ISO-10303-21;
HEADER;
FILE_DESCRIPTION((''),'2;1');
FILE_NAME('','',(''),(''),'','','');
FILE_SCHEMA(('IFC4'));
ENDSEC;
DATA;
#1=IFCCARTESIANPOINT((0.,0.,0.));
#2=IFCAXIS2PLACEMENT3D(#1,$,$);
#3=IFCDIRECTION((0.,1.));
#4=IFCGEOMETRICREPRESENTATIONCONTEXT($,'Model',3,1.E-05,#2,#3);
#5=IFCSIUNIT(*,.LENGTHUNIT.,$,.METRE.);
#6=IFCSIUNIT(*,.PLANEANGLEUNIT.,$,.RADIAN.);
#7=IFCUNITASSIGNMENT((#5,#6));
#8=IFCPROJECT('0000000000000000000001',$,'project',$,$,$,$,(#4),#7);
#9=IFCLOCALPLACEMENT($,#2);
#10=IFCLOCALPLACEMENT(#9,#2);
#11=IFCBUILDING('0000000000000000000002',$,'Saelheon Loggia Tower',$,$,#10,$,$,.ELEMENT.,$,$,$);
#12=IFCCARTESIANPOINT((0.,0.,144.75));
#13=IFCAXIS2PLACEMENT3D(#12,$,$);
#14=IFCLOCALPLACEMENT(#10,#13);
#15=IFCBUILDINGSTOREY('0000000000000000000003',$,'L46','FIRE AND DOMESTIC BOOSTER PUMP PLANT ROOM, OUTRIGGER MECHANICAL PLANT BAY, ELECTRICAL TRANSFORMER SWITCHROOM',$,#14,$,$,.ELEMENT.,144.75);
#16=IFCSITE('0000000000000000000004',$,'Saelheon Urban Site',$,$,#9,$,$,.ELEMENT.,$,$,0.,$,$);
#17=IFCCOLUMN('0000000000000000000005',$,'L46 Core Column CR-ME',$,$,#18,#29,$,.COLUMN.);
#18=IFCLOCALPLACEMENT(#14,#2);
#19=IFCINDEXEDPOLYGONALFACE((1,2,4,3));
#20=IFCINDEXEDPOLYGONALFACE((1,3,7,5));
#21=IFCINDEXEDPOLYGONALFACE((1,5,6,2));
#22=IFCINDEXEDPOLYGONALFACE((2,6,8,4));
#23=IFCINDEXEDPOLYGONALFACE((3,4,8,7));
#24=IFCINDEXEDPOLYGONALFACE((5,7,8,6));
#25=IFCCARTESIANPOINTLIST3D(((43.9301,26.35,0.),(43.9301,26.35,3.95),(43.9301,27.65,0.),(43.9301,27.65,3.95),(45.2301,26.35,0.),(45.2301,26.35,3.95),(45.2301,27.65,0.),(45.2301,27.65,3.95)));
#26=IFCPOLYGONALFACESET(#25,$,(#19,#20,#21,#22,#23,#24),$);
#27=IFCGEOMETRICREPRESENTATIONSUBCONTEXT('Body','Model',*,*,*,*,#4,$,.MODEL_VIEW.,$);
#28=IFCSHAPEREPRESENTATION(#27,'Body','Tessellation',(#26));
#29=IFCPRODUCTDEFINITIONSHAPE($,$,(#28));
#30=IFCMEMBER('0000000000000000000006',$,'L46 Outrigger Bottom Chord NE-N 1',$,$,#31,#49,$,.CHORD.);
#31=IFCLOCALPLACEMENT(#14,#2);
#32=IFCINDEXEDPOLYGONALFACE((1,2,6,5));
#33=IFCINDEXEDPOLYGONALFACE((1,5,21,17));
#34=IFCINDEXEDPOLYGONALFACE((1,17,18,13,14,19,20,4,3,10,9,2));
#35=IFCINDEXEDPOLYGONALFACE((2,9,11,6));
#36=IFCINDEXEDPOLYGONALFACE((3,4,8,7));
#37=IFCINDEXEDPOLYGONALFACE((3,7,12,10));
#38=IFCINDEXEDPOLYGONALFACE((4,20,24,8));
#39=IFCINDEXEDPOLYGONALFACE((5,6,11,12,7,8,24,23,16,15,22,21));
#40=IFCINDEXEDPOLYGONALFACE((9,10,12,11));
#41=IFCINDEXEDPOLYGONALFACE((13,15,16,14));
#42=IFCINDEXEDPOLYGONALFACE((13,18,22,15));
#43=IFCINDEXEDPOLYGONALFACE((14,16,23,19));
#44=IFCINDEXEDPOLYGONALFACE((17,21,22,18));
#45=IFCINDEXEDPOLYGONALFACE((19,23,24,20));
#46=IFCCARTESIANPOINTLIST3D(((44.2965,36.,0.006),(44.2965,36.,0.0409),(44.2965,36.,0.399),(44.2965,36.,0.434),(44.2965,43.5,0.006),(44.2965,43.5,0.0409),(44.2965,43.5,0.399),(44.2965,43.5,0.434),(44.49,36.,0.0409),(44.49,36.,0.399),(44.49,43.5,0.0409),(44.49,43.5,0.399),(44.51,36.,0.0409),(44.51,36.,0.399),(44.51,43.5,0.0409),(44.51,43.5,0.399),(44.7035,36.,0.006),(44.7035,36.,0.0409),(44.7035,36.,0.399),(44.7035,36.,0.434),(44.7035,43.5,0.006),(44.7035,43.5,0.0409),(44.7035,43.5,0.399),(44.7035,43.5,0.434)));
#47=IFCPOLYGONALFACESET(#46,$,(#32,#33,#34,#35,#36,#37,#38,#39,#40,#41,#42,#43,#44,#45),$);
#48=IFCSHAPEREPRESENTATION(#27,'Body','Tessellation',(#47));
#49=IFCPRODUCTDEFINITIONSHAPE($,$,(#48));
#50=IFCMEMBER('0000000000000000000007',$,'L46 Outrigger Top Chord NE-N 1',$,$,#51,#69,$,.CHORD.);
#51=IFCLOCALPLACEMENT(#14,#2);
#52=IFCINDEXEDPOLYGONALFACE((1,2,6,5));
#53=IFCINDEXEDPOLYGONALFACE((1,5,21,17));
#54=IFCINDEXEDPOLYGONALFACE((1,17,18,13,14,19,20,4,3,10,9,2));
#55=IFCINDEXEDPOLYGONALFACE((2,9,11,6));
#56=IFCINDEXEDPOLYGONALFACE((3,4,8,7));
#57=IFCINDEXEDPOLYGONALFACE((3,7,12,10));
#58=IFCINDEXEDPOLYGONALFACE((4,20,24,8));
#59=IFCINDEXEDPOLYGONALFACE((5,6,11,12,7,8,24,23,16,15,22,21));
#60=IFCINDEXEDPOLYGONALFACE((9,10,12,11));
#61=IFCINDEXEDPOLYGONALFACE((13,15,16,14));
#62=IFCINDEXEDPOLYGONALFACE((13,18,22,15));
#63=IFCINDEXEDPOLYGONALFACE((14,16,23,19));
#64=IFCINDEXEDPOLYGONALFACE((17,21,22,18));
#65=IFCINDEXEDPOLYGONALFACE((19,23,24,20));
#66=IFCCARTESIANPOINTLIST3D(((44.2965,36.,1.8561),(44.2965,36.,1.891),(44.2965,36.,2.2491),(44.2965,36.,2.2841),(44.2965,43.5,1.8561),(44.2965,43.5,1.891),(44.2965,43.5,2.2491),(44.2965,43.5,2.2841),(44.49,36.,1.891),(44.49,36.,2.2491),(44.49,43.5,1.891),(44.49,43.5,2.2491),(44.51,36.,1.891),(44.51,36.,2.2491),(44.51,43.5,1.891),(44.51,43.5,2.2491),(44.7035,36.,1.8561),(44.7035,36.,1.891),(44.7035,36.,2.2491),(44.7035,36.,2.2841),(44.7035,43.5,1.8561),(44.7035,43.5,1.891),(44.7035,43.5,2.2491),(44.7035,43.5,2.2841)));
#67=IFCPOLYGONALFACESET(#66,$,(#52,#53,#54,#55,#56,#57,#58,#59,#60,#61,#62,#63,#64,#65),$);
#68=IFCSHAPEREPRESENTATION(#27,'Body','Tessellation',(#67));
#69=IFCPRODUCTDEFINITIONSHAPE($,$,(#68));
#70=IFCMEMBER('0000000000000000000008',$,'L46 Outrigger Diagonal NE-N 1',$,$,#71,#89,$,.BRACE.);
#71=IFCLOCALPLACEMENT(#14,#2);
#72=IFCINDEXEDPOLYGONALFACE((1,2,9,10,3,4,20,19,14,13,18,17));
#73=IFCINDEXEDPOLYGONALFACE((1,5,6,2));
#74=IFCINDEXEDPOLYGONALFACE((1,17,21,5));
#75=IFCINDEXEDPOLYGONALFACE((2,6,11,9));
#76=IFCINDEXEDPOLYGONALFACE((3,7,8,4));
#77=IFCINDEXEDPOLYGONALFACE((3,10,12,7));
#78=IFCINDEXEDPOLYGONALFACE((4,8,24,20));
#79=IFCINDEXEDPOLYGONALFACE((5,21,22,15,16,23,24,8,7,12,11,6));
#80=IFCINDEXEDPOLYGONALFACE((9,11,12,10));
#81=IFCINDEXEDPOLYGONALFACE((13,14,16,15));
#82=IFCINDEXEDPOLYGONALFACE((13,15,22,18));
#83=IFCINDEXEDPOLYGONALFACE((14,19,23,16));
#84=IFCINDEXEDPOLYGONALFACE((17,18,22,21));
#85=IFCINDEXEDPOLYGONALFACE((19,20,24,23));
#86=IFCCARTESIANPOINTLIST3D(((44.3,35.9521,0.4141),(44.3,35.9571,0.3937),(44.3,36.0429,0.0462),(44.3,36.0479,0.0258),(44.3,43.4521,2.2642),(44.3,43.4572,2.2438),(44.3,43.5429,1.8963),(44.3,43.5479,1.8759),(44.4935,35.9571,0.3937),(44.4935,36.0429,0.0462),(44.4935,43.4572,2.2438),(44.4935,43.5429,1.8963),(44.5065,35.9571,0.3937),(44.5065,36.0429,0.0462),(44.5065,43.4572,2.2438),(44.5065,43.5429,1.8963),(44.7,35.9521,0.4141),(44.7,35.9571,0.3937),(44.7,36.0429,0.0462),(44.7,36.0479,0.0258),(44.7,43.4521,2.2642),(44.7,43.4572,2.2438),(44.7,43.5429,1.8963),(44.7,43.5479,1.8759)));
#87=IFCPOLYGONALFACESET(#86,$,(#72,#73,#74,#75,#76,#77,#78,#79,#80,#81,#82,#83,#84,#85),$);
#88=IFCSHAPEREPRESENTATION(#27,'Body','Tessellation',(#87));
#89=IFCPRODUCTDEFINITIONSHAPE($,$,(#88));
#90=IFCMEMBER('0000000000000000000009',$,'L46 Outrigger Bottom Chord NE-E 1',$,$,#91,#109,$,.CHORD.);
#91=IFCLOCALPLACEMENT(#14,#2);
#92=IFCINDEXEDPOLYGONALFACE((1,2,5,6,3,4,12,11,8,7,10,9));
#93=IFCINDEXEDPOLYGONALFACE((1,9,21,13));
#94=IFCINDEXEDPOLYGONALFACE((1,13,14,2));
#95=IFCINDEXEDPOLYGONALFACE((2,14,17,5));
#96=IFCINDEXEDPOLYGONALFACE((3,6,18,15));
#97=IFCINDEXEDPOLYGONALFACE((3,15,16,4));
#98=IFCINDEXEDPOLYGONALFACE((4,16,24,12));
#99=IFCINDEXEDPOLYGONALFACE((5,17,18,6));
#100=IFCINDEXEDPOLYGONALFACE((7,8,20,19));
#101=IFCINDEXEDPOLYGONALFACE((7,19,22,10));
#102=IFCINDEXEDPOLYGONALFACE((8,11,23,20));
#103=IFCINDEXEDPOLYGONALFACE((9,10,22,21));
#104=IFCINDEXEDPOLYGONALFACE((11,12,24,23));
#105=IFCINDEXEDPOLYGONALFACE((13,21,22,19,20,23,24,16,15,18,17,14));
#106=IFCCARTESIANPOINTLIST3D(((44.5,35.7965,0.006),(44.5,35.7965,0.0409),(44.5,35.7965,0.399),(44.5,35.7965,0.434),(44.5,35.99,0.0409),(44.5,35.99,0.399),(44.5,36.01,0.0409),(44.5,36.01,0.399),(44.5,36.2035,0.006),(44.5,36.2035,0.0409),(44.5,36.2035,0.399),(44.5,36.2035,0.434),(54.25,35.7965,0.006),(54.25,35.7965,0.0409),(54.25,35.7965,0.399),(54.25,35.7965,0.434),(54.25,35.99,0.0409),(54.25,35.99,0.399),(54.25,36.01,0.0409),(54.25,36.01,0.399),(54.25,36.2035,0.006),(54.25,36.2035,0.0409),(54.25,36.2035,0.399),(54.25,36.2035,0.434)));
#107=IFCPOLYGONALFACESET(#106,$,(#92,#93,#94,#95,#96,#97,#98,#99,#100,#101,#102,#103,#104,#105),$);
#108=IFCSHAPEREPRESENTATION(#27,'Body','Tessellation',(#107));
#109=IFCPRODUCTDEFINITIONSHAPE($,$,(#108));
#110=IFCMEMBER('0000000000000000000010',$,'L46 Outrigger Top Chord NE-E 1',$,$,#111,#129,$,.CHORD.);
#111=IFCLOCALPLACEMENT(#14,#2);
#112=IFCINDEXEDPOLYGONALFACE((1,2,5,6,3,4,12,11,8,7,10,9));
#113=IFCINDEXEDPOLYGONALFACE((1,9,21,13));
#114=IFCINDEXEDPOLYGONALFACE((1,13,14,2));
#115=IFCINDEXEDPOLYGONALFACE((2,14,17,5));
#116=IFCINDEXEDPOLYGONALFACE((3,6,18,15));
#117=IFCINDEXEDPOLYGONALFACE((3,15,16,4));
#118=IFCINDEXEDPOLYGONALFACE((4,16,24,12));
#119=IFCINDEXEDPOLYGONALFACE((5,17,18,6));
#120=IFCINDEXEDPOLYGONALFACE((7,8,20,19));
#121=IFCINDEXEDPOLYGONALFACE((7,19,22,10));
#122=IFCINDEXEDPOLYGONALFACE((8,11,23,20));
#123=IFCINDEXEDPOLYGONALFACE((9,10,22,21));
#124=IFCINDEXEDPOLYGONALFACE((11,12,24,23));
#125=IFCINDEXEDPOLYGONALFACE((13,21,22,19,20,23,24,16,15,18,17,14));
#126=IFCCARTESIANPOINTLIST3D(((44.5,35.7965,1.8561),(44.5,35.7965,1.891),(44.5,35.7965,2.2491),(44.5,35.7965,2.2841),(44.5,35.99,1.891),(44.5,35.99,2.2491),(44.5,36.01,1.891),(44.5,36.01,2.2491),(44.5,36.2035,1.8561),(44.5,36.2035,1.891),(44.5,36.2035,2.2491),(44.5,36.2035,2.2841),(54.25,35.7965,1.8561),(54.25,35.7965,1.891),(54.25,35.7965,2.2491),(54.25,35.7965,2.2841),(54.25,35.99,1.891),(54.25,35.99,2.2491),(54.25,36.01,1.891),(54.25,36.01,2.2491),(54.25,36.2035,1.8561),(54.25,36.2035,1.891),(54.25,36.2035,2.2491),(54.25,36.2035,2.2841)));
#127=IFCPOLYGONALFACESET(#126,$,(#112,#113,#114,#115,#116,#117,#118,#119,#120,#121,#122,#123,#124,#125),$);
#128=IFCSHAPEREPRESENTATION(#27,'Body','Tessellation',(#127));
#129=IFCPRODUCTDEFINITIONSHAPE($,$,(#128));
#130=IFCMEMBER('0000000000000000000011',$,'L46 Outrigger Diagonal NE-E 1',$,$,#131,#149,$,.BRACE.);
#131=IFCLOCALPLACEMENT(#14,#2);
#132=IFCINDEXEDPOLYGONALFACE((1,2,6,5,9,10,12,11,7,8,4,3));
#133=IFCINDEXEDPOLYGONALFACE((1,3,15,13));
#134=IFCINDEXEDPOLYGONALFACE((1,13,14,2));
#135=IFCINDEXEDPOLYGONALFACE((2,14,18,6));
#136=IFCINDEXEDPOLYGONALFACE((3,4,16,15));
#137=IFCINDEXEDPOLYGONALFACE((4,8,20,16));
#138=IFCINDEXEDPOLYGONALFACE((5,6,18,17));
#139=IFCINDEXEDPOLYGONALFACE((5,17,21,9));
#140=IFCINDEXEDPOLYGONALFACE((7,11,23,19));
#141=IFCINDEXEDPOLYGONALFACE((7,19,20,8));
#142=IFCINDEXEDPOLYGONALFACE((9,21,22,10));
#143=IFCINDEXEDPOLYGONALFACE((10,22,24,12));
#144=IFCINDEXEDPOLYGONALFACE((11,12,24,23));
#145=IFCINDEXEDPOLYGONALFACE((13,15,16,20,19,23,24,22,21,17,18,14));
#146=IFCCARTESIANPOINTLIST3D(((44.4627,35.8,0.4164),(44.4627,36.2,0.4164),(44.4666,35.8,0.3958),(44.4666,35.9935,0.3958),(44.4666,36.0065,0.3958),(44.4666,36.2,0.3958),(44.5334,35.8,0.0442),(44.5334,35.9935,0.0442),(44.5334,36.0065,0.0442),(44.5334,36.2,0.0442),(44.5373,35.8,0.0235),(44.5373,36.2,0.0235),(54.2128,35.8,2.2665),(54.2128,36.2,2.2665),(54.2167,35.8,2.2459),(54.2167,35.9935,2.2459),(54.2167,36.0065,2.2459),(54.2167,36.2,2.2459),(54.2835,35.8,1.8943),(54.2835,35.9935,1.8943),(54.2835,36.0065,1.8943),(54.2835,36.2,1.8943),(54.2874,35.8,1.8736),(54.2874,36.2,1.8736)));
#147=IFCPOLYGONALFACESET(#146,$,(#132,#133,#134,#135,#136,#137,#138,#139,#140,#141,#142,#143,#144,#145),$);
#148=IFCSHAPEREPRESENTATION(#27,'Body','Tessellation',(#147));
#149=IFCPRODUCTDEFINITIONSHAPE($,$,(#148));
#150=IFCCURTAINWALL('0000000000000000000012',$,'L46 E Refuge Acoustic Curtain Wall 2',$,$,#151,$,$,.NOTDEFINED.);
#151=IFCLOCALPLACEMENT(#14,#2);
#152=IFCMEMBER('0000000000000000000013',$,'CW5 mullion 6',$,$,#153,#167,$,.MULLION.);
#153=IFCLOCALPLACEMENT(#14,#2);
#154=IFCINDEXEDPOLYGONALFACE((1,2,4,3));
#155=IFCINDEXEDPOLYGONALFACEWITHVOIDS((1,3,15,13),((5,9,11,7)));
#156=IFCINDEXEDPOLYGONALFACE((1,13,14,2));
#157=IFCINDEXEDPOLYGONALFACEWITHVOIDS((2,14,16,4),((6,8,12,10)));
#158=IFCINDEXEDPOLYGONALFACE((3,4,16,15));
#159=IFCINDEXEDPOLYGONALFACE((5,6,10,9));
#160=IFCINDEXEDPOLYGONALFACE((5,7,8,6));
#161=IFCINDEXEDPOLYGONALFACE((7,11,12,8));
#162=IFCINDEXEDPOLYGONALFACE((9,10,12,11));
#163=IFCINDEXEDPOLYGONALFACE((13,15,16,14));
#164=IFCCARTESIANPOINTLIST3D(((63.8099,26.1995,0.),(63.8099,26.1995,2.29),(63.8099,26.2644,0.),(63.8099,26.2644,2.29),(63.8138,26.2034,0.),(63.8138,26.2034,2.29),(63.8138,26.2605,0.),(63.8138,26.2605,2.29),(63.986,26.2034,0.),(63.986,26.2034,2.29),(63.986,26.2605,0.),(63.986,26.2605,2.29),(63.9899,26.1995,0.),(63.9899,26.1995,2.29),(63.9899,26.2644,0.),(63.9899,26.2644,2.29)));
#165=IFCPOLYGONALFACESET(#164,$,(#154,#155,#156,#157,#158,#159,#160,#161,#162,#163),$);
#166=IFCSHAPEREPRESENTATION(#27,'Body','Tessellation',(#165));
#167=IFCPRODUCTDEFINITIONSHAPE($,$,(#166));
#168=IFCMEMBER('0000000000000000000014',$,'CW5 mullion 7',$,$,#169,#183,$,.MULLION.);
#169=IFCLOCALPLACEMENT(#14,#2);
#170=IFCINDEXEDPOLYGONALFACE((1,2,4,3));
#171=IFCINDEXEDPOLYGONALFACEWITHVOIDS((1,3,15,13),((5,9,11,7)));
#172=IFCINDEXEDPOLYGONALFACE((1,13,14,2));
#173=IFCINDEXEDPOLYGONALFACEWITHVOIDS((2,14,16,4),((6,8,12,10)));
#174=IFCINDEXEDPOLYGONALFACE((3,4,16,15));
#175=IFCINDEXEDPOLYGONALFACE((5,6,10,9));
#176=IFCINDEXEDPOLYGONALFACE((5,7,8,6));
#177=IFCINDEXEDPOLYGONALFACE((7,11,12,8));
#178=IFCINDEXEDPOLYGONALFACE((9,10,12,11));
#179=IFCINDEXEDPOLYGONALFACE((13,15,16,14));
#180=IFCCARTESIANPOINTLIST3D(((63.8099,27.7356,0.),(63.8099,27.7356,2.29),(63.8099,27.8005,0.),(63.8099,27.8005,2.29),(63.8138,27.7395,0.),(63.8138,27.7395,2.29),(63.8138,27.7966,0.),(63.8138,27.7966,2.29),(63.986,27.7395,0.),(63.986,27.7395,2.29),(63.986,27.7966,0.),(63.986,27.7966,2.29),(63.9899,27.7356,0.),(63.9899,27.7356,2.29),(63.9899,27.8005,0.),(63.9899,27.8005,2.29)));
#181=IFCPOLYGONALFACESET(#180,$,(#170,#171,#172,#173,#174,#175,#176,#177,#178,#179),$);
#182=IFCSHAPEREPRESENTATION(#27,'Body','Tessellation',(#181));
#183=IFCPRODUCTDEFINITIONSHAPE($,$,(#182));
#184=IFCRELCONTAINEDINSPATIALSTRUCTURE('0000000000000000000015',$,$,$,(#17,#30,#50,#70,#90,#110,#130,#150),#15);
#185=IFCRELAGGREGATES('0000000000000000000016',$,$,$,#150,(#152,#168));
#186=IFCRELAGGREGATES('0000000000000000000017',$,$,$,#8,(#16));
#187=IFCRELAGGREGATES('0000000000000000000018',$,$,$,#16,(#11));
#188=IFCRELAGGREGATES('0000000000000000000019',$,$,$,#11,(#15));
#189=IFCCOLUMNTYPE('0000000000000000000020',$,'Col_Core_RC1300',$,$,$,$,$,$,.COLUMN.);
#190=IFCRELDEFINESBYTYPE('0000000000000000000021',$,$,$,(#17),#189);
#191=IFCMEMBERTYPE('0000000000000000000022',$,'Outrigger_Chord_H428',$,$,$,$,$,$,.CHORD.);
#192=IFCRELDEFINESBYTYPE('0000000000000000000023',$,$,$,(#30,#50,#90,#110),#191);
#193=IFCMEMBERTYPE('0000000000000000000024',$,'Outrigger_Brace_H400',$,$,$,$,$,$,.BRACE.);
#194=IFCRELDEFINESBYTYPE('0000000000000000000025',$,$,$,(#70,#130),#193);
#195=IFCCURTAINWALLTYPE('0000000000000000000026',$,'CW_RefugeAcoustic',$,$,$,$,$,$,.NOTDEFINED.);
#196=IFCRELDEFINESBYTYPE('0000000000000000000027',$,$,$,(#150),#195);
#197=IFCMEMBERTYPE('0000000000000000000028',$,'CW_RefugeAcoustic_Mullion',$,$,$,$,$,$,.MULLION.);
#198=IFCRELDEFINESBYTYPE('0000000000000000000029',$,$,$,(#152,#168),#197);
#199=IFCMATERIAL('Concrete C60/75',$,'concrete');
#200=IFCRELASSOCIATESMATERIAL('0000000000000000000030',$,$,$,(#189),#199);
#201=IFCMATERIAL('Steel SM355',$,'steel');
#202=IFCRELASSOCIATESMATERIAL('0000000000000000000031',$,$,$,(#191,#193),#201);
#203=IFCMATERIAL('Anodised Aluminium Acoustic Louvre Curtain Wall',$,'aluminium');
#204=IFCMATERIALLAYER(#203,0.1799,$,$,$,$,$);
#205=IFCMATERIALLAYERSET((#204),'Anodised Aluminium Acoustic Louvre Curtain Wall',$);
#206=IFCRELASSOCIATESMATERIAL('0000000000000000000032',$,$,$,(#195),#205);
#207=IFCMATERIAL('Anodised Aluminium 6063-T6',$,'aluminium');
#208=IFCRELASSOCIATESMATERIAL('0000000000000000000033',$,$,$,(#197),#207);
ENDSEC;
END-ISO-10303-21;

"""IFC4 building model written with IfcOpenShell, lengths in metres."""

from ifc_helpers import new_model, si_unit, direction, frame, origin, origin_2d, place, context, subcontext, project, spatial, rectangle, hollow_rectangle, i_section, extrude, source, transform, mapped, material, layer, layer_set, material_profile, profile_set, type_object, element, aggregate, save


model = new_model("IFC4")

# Units and contexts
model_context = context("Model", 3, precision=1e-05, world=origin(), true_north=direction((0.0, 1.0)))
body_context = subcontext(model_context, "Body", "Model", "MODEL_VIEW")
ifc_project = project(units=[si_unit("LENGTHUNIT", "METRE"), si_unit("PLANEANGLEUNIT", "RADIAN")], contexts=[model_context])

# Site, building, storey
site_placement = place(None, origin())
site = spatial("IfcSite", under=ifc_project, at=site_placement, Name="Saelheon Urban Site", CompositionType="ELEMENT", RefElevation=0.0)
building_placement = place(site_placement, origin())
building = spatial("IfcBuilding", under=site, at=building_placement, Name="Saelheon Loggia Tower", CompositionType="ELEMENT")
storey_placement = place(building_placement, frame((0.0, 0.0, 144.75)))
storey = spatial("IfcBuildingStorey", under=building, at=storey_placement, Name="L46", Description="FIRE AND DOMESTIC BOOSTER PUMP PLANT ROOM, OUTRIGGER MECHANICAL PLANT BAY, ELECTRICAL TRANSFORMER SWITCHROOM", CompositionType="ELEMENT", Elevation=144.75)

# Column
ifc_material_1 = material(Name="Concrete C60/75", Category="concrete")
ifc_material_profile_1 = material_profile(ifc_material_1, rectangle(XDim=1.3, YDim=1.3, at=origin_2d()), Name="RC-1300x1300")
ifc_profile_set_1 = profile_set([ifc_material_profile_1], Name="Concrete C60/75")
column_type = type_object("IfcColumnType", Name="Col_Core_RC1300", PredefinedType="COLUMN", material=ifc_profile_set_1)
shared_shape_1 = source(origin(), body_context, "Body", "SweptSolid", [
    extrude(rectangle(XDim=1.3, YDim=1.3, at=origin_2d()), origin(), (0.0, 0.0, 1.0), 3.95),
])
column_placement = place(storey_placement, frame((44.5801, 27.0, 0.0), z_axis=(0.0, 0.0, 1.0), x_axis=(1.0, 0.0, 0.0)))
element("IfcColumn", 1, at=column_placement, inside=storey, type_object=column_type, Name="L46 Core Column CR-ME", PredefinedType="COLUMN", context=body_context, shape_type="MappedRepresentation", body=[
    mapped(shared_shape_1, transform((0.0, 0.0, 0.0), scale=1.0)),
])

# Members
ifc_material_2 = material(Name="Steel SM355", Category="steel")
ifc_material_profile_2 = material_profile(ifc_material_2, i_section(OverallWidth=0.407, OverallDepth=0.428, WebThickness=0.02, FlangeThickness=0.0349, at=origin_2d()), Name="H-428x407x20x35")
ifc_profile_set_2 = profile_set([ifc_material_profile_2], Name="Steel SM355")
member_type_1 = type_object("IfcMemberType", Name="Outrigger_Chord_H428", PredefinedType="CHORD", material=ifc_profile_set_2)
shared_shape_2 = source(origin(), body_context, "Body", "SweptSolid", [
    extrude(i_section(OverallWidth=0.407, OverallDepth=0.428, WebThickness=0.02, FlangeThickness=0.0349, at=origin_2d()), origin(), (0.0, 0.0, 1.0), 7.5),
])
for number, where, z_axis, x_axis, name in (
    (2, (44.5, 36.0, 0.22), (0.0, 1.0, 0.0), (-1.0, 0.0, 0.0), "L46 Outrigger Bottom Chord NE-N 1"),
    (3, (44.5, 36.0, 2.0701), (0.0, 1.0, 0.0), (-1.0, 0.0, 0.0), "L46 Outrigger Top Chord NE-N 1"),
):
    element("IfcMember", number, at=place(storey_placement, frame(where, z_axis=z_axis, x_axis=x_axis)), inside=storey, type_object=member_type_1, Name=name, PredefinedType="CHORD", context=body_context, shape_type="MappedRepresentation", body=[
        mapped(shared_shape_2, transform((0.0, 0.0, 0.0), scale=1.0)),
    ])
ifc_material_profile_3 = material_profile(ifc_material_2, i_section(OverallWidth=0.3999, OverallDepth=0.3999, WebThickness=0.0129, FlangeThickness=0.021, at=origin_2d()), Name="H-400x400x13x21")
ifc_profile_set_3 = profile_set([ifc_material_profile_3], Name="Steel SM355")
member_type_2 = type_object("IfcMemberType", Name="Outrigger_Brace_H400", PredefinedType="BRACE", material=ifc_profile_set_3)
shared_shape_3 = source(origin(), body_context, "Body", "SweptSolid", [
    extrude(i_section(OverallWidth=0.3999, OverallDepth=0.3999, WebThickness=0.0129, FlangeThickness=0.021, at=origin_2d()), origin(), (0.0, 0.0, 1.0), 7.7249),
])
member_1_placement = place(storey_placement, frame((44.5, 36.0, 0.22), z_axis=(0.0, 0.970896, 0.2395), x_axis=(-1.0, 0.0, 0.0)))
element("IfcMember", 4, at=member_1_placement, inside=storey, type_object=member_type_2, Name="L46 Outrigger Diagonal NE-N 1", PredefinedType="BRACE", context=body_context, shape_type="MappedRepresentation", body=[
    mapped(shared_shape_3, transform((0.0, 0.0, 0.0), scale=1.0)),
])
shared_shape_4 = source(origin(), body_context, "Body", "SweptSolid", [
    extrude(i_section(OverallWidth=0.407, OverallDepth=0.428, WebThickness=0.02, FlangeThickness=0.0349, at=origin_2d()), origin(), (0.0, 0.0, 1.0), 9.75),
])
for number, where, z_axis, x_axis, name in (
    (5, (44.5, 36.0, 0.22), (1.0, 0.0, 0.0), (0.0, 1.0, 0.0), "L46 Outrigger Bottom Chord NE-E 1"),
    (6, (44.5, 36.0, 2.0701), (1.0, 0.0, 0.0), (0.0, 1.0, 0.0), "L46 Outrigger Top Chord NE-E 1"),
):
    element("IfcMember", number, at=place(storey_placement, frame(where, z_axis=z_axis, x_axis=x_axis)), inside=storey, type_object=member_type_1, Name=name, PredefinedType="CHORD", context=body_context, shape_type="MappedRepresentation", body=[
        mapped(shared_shape_4, transform((0.0, 0.0, 0.0), scale=1.0)),
    ])
shared_shape_5 = source(origin(), body_context, "Body", "SweptSolid", [
    extrude(i_section(OverallWidth=0.3999, OverallDepth=0.3999, WebThickness=0.0129, FlangeThickness=0.021, at=origin_2d()), origin(), (0.0, 0.0, 1.0), 9.9241),
])
member_2_placement = place(storey_placement, frame((44.5, 36.0, 0.22), z_axis=(0.982469, 0.0, 0.186427), x_axis=(0.0, 1.0, 0.0)))
element("IfcMember", 7, at=member_2_placement, inside=storey, type_object=member_type_2, Name="L46 Outrigger Diagonal NE-E 1", PredefinedType="BRACE", context=body_context, shape_type="MappedRepresentation", body=[
    mapped(shared_shape_5, transform((0.0, 0.0, 0.0), scale=1.0)),
])

# Curtain wall, members
ifc_material_3 = material(Name="Anodised Aluminium Acoustic Louvre Curtain Wall", Category="aluminium")
ifc_layer_1 = layer(ifc_material_3, 0.1799)
ifc_layer_set_1 = layer_set([ifc_layer_1], Name="Anodised Aluminium Acoustic Louvre Curtain Wall")
curtain_wall_type = type_object("IfcCurtainWallType", Name="CW_RefugeAcoustic", PredefinedType="NOTDEFINED", material=ifc_layer_set_1)
curtain_wall_placement = place(storey_placement, origin())
curtain_wall = element("IfcCurtainWall", 8, at=curtain_wall_placement, inside=storey, type_object=curtain_wall_type, Name="L46 E Refuge Acoustic Curtain Wall 2", PredefinedType="NOTDEFINED")
ifc_material_4 = material(Name="Anodised Aluminium 6063-T6", Category="aluminium")
ifc_material_profile_4 = material_profile(ifc_material_4, hollow_rectangle(XDim=0.0649, YDim=0.1799, WallThickness=0.0039, at=origin_2d()), Name="RHS-180x65x4")
ifc_profile_set_4 = profile_set([ifc_material_profile_4], Name="Anodised Aluminium 6063-T6")
member_type_3 = type_object("IfcMemberType", Name="CW_RefugeAcoustic_Mullion", PredefinedType="MULLION", material=ifc_profile_set_4)
shared_shape_6 = source(origin(), body_context, "Body", "SweptSolid", [
    extrude(hollow_rectangle(XDim=0.0649, YDim=0.1799, WallThickness=0.0039, at=origin_2d()), origin(), (0.0, 0.0, 1.0), 2.29),
])
member_3_placement = place(storey_placement, frame((63.8999, 26.2319, 0.0), z_axis=(0.0, 0.0, 1.0), x_axis=(0.0, 1.0, 0.0)))
member_3 = element("IfcMember", 9, at=member_3_placement, type_object=member_type_3, Name="CW5 mullion 6", PredefinedType="MULLION", context=body_context, shape_type="MappedRepresentation", body=[
    mapped(shared_shape_6, transform((0.0, 0.0, 0.0), scale=1.0)),
])
member_4_placement = place(storey_placement, frame((63.8999, 27.7681, 0.0), z_axis=(0.0, 0.0, 1.0), x_axis=(0.0, 1.0, 0.0)))
member_4 = element("IfcMember", 10, at=member_4_placement, type_object=member_type_3, Name="CW5 mullion 7", PredefinedType="MULLION", context=body_context, shape_type="MappedRepresentation", body=[
    mapped(shared_shape_6, transform((0.0, 0.0, 0.0), scale=1.0)),
])

aggregate(curtain_wall, [member_3, member_4])

save(model, "model.ifc")
